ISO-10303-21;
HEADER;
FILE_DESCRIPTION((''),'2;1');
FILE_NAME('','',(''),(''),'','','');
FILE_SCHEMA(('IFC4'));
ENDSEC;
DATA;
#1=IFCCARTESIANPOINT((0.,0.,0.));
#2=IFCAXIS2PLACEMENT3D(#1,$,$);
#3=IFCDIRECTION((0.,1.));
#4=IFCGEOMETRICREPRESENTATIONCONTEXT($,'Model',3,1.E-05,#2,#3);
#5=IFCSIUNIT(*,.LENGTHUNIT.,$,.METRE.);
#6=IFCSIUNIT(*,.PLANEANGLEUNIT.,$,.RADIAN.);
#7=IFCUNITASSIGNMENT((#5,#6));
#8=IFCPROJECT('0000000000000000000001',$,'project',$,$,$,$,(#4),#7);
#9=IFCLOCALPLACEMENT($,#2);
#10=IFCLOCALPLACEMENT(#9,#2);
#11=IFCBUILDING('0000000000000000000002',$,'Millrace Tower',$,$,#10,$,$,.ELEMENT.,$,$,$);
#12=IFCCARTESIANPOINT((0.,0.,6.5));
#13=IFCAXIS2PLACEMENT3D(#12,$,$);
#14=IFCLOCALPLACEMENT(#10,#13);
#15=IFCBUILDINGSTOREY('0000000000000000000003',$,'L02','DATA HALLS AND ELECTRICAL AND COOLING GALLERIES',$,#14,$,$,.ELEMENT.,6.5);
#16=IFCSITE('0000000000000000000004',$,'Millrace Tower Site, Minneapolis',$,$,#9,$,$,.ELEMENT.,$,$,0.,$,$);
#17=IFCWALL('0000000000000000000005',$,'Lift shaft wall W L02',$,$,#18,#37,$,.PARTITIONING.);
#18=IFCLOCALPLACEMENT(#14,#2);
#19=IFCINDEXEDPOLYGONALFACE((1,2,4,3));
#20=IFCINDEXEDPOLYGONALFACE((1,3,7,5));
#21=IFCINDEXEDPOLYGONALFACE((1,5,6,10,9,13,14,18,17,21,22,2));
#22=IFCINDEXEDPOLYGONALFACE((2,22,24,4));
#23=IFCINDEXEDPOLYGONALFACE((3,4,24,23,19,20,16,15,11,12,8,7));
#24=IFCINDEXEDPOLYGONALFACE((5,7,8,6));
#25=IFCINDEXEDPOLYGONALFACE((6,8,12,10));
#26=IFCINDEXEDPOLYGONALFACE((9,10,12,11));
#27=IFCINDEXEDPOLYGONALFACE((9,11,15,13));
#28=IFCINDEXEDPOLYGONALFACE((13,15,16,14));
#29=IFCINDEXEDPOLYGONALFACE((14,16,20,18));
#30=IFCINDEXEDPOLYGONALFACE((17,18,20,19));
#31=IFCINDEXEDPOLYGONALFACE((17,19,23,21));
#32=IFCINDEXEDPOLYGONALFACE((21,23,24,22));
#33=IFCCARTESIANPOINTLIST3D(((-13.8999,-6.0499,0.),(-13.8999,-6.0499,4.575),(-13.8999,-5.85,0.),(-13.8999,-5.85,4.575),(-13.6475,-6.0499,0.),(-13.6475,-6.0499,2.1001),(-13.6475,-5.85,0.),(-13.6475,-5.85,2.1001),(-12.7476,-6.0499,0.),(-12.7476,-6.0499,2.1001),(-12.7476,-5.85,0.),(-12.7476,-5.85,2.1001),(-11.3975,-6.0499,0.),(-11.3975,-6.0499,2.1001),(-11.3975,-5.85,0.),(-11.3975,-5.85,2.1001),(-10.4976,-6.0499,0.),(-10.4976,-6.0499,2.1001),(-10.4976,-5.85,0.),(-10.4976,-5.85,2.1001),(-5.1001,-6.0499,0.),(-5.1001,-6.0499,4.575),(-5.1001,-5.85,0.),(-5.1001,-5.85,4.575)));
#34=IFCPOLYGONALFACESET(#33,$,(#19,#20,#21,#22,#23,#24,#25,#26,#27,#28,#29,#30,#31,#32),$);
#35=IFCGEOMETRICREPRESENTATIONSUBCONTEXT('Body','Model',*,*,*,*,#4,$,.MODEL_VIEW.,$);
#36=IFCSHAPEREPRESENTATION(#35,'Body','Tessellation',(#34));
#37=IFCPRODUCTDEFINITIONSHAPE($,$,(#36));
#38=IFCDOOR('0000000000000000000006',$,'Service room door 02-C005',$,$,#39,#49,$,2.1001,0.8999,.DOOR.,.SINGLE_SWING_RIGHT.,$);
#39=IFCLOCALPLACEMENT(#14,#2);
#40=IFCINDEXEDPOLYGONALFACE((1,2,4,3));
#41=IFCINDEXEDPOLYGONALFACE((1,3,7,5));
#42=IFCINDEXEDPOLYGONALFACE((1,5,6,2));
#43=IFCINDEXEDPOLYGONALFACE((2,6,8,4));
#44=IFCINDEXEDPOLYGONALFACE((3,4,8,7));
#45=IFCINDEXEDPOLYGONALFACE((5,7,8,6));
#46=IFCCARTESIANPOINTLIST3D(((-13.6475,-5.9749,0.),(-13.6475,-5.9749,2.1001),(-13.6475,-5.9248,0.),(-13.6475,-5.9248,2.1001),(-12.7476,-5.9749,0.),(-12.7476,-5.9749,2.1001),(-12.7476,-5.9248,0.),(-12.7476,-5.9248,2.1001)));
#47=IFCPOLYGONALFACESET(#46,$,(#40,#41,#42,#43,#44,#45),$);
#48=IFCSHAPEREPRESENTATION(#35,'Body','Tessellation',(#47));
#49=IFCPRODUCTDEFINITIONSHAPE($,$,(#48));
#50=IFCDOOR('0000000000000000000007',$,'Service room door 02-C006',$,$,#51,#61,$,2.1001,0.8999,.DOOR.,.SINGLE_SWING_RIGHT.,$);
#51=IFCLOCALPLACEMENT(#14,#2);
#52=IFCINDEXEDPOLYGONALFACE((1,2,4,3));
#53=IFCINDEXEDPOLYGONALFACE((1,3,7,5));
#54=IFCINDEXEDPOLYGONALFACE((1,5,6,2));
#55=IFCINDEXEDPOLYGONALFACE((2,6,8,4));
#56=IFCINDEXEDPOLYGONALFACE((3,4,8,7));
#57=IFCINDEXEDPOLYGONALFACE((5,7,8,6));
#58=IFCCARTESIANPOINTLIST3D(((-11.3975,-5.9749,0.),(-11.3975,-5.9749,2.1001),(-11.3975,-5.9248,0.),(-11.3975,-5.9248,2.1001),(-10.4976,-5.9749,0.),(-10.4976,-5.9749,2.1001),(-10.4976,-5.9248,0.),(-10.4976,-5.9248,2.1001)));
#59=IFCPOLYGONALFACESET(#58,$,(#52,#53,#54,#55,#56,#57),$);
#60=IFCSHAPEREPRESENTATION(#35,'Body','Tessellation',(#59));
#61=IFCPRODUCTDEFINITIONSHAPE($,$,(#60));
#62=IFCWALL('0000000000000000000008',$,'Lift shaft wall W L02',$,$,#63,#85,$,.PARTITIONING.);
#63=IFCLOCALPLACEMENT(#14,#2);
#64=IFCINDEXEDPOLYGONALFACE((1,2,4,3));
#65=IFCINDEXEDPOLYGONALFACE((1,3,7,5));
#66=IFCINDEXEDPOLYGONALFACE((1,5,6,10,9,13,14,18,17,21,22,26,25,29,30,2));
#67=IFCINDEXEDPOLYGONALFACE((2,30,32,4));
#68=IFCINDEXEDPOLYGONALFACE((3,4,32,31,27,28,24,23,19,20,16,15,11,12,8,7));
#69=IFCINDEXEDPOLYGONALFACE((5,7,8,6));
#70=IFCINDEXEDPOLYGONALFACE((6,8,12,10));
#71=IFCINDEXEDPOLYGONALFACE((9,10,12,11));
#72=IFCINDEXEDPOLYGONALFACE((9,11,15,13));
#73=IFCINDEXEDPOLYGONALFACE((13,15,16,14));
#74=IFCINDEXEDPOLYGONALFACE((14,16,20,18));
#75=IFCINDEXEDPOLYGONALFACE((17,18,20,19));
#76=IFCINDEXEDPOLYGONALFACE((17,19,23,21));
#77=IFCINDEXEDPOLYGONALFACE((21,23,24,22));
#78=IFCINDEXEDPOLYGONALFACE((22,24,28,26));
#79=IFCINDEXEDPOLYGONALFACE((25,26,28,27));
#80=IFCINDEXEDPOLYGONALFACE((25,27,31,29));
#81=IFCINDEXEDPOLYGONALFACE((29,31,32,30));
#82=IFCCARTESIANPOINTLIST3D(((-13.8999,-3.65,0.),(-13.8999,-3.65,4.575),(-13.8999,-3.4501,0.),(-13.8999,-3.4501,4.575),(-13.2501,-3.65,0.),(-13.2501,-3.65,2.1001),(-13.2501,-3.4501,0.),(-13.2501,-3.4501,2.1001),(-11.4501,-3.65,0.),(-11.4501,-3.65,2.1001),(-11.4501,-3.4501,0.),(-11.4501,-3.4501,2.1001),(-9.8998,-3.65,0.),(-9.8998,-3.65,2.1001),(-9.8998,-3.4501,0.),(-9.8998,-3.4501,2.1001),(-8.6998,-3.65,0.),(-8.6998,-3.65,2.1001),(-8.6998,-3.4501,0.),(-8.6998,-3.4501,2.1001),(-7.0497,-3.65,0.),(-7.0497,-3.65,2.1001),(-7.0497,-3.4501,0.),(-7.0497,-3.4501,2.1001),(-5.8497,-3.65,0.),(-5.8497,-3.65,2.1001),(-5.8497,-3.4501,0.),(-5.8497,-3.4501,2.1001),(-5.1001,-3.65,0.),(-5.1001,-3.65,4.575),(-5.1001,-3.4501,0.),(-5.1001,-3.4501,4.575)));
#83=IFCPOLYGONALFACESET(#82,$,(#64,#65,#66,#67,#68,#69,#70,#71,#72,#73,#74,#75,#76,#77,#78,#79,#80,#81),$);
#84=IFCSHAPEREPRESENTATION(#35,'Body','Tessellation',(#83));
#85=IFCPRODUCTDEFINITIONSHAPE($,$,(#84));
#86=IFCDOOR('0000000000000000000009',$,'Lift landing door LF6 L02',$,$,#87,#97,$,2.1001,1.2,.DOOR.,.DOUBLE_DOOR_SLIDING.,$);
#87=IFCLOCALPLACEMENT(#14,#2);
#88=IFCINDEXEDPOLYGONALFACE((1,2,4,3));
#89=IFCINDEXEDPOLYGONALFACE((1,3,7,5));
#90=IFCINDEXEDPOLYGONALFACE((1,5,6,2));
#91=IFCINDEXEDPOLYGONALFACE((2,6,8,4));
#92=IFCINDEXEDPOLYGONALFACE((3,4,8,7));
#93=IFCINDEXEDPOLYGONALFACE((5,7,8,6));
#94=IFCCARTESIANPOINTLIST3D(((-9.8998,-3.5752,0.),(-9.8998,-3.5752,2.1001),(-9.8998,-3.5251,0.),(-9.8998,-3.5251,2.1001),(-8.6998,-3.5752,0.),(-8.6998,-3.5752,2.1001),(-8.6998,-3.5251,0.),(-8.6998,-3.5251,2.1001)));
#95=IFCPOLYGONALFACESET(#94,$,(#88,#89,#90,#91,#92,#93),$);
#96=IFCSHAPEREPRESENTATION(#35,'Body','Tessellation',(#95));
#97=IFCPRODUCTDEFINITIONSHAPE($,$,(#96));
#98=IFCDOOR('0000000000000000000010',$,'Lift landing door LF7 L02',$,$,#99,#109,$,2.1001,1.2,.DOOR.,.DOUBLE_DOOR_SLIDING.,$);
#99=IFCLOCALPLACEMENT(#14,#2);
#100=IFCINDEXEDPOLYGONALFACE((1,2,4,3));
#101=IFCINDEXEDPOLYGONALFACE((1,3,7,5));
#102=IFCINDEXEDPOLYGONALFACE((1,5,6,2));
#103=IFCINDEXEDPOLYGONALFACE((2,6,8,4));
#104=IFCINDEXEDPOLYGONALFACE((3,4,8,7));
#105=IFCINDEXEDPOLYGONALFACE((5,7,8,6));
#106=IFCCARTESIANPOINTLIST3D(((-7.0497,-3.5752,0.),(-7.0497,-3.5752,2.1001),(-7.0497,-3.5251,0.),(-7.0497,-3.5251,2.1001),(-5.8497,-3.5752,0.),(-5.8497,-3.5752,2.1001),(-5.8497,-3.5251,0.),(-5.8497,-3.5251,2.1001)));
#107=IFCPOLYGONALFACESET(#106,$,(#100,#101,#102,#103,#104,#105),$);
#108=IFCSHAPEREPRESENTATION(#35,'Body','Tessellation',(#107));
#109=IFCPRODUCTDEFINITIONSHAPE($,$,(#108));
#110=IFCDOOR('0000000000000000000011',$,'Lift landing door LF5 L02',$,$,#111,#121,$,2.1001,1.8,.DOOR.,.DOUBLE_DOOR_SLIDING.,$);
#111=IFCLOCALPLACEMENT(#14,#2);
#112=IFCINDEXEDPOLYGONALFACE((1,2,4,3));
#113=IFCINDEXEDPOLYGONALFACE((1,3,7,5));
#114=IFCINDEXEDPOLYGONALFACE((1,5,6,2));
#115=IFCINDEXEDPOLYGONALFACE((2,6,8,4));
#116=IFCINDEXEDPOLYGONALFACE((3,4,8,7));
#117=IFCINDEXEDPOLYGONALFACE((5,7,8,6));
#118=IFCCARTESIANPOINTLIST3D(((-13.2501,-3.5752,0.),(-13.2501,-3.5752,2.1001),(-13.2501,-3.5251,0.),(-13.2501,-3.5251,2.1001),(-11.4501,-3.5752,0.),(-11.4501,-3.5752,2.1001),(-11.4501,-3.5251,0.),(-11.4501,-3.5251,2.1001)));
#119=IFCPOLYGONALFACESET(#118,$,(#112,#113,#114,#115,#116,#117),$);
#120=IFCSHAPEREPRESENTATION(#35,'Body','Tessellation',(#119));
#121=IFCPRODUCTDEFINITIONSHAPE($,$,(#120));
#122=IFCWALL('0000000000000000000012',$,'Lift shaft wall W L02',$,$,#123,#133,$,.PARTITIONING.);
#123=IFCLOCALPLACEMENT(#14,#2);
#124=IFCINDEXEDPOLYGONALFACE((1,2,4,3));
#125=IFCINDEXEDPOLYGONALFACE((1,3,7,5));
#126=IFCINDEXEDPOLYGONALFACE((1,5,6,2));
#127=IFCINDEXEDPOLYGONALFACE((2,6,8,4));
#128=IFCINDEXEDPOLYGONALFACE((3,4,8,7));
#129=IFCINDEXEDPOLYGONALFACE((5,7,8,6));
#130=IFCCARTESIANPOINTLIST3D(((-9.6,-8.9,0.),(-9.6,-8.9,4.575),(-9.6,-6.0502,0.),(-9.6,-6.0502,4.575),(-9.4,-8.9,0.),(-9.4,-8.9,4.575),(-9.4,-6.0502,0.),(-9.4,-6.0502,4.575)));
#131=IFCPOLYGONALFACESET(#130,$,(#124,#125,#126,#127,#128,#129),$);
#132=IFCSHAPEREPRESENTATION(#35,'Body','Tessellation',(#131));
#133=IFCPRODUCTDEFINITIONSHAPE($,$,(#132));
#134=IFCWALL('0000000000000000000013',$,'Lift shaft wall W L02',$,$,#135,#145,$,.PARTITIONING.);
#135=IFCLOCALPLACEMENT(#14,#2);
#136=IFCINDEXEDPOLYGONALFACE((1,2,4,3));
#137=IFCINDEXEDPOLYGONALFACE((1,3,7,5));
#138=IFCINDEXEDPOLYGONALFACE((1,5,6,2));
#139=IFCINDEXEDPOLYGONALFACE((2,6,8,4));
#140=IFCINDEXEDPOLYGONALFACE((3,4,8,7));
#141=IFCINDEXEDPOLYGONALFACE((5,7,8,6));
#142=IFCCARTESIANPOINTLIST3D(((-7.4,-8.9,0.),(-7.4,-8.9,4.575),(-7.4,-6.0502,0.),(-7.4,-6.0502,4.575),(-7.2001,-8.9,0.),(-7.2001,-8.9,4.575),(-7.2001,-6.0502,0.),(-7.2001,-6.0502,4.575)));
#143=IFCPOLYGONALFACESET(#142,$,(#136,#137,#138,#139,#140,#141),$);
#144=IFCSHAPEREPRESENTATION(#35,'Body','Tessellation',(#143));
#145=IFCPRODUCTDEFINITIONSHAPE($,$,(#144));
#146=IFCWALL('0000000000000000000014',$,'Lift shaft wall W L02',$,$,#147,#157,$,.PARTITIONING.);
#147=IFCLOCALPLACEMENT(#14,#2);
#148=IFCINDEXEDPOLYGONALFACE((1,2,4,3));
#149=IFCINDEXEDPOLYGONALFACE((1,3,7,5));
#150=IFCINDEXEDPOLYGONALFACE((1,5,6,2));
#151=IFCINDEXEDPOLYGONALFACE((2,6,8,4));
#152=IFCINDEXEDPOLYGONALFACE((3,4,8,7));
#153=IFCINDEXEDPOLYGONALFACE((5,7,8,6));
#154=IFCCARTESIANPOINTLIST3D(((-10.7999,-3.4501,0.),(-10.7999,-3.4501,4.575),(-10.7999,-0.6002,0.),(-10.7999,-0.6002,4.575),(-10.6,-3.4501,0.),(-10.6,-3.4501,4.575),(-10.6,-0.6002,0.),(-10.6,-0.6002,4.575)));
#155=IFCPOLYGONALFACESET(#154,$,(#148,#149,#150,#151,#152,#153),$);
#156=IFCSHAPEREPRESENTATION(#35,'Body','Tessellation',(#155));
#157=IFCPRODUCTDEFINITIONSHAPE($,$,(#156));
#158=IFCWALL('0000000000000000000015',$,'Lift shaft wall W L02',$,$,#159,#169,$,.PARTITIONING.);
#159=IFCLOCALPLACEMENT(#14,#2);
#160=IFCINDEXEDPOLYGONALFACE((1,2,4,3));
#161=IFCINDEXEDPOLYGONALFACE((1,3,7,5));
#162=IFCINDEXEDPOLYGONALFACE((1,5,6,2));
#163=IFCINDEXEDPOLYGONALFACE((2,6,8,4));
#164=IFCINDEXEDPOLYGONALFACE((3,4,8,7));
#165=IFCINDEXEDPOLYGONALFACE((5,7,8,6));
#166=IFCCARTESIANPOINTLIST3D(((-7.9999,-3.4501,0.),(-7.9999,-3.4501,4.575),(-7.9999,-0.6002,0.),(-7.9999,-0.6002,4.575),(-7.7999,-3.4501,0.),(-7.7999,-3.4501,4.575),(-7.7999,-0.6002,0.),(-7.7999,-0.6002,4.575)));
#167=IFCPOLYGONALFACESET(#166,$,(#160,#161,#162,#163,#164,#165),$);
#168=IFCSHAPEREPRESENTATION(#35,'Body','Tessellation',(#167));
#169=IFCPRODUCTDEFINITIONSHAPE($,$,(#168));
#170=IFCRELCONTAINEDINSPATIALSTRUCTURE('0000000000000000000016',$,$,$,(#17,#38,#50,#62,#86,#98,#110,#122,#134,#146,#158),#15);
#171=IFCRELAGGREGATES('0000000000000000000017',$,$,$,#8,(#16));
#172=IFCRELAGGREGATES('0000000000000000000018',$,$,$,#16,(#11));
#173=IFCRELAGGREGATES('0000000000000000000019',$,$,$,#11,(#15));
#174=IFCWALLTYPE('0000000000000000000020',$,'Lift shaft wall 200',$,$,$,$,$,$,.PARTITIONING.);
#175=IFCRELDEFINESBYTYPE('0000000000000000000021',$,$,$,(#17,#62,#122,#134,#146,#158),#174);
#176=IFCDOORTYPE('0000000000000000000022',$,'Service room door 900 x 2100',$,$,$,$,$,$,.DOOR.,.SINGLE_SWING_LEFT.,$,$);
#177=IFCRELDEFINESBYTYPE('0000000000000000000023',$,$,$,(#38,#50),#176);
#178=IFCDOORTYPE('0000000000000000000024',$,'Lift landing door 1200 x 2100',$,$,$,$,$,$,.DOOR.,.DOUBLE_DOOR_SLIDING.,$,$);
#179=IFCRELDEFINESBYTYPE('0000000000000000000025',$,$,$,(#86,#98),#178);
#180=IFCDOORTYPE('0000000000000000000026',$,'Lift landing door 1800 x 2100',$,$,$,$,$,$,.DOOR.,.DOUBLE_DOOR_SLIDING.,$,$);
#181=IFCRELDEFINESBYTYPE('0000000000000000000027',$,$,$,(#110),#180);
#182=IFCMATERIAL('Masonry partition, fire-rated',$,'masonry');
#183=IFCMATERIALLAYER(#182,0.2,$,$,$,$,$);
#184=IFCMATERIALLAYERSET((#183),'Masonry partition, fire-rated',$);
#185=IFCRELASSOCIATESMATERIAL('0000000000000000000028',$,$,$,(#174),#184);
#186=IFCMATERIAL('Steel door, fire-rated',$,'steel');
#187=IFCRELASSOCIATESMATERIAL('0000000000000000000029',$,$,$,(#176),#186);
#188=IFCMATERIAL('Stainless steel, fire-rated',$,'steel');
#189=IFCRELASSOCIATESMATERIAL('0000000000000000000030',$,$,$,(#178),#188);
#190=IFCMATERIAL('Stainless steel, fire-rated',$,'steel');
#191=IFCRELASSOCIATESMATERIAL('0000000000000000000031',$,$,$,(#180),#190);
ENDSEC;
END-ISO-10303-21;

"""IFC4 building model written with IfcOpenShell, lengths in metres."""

from ifc_helpers import new_model, si_unit, direction, frame, frame_2d, origin, place, context, subcontext, project, spatial, rectangle, extrude, material, layer, layer_set, type_object, element, fill, save


model = new_model("IFC4")

# Units and contexts
model_context = context("Model", 3, precision=1e-05, world=origin(), true_north=direction((0.0, 1.0)))
body_context = subcontext(model_context, "Body", "Model", "MODEL_VIEW")
ifc_project = project(units=[si_unit("LENGTHUNIT", "METRE"), si_unit("PLANEANGLEUNIT", "RADIAN")], contexts=[model_context])

# Site, building, storey
site_placement = place(None, origin())
site = spatial("IfcSite", under=ifc_project, at=site_placement, Name="Millrace Tower Site, Minneapolis", CompositionType="ELEMENT", RefElevation=0.0)
building_placement = place(site_placement, origin())
building = spatial("IfcBuilding", under=site, at=building_placement, Name="Millrace Tower", CompositionType="ELEMENT")
storey_placement = place(building_placement, frame((0.0, 0.0, 6.5)))
storey = spatial("IfcBuildingStorey", under=building, at=storey_placement, Name="L02", Description="DATA HALLS AND ELECTRICAL AND COOLING GALLERIES", CompositionType="ELEMENT", Elevation=6.5)

# Walls, openings, doors
ifc_material_1 = material(Name="Masonry partition, fire-rated", Category="masonry")
ifc_layer_1 = layer(ifc_material_1, 0.2)
ifc_layer_set_1 = layer_set([ifc_layer_1], Name="Masonry partition, fire-rated")
wall_type_1 = type_object("IfcWallType", Name="Lift shaft wall 200", PredefinedType="PARTITIONING", material=ifc_layer_set_1)
wall_1_placement = place(storey_placement, frame((-13.8999, -5.95, 0.0), z_axis=(0.0, 0.0, 1.0), x_axis=(1.0, 0.0, 0.0)))
wall_1 = element("IfcWall", 1, at=wall_1_placement, inside=storey, type_object=wall_type_1, Name="Lift shaft wall W L02", PredefinedType="PARTITIONING", context=body_context, shape_type="SweptSolid", body=[
    extrude(rectangle(XDim=8.7998, YDim=0.2, at=frame_2d((4.3999, 0.0))), origin(), (0.0, 0.0, 1.0), 4.575),
])
opening_1_placement = place(wall_1_placement, frame((0.2524, 0.0, 0.0)))
opening_1 = element("IfcOpeningElement", 2, at=opening_1_placement, cuts=wall_1, PredefinedType="OPENING", context=body_context, shape_type="SweptSolid", body=[
    extrude(rectangle(XDim=0.8999, YDim=2.1001, at=frame_2d((0.45, 1.05))), frame((0.0, 0.1099, 0.0), z_axis=(0.0, -1.0, 0.0), x_axis=(1.0, 0.0, 0.0)), (0.0, 0.0, 1.0), 0.22),
])
opening_2_placement = place(wall_1_placement, frame((2.5024, 0.0, 0.0)))
opening_2 = element("IfcOpeningElement", 3, at=opening_2_placement, cuts=wall_1, PredefinedType="OPENING", context=body_context, shape_type="SweptSolid", body=[
    extrude(rectangle(XDim=0.8999, YDim=2.1001, at=frame_2d((0.45, 1.05))), frame((0.0, 0.1099, 0.0), z_axis=(0.0, -1.0, 0.0), x_axis=(1.0, 0.0, 0.0)), (0.0, 0.0, 1.0), 0.22),
])
ifc_material_2 = material(Name="Steel door, fire-rated", Category="steel")
door_type_1 = type_object("IfcDoorType", Name="Service room door 900 x 2100", OperationType="SINGLE_SWING_LEFT", PredefinedType="DOOR", material=ifc_material_2)
door_1_placement = place(opening_1_placement, frame((0.8999, 0.0, 0.0), z_axis=(0.0, 0.0, 1.0), x_axis=(-1.0, 0.0, 0.0)))
door_1 = element("IfcDoor", 4, at=door_1_placement, inside=storey, type_object=door_type_1, Name="Service room door 02-C005", OperationType="SINGLE_SWING_RIGHT", OverallHeight=2.1001, OverallWidth=0.8999, PredefinedType="DOOR", context=body_context, shape_type="SweptSolid", body=[
    extrude(rectangle(XDim=0.8999, YDim=2.1001, at=frame_2d((0.45, 1.05))), frame((0.0, 0.0249, 0.0), z_axis=(0.0, -1.0, 0.0), x_axis=(1.0, 0.0, 0.0)), (0.0, 0.0, 1.0), 0.05),
])
fill(opening_1, door_1)
door_2_placement = place(opening_2_placement, frame((0.8999, 0.0, 0.0), z_axis=(0.0, 0.0, 1.0), x_axis=(-1.0, 0.0, 0.0)))
door_2 = element("IfcDoor", 5, at=door_2_placement, inside=storey, type_object=door_type_1, Name="Service room door 02-C006", OperationType="SINGLE_SWING_RIGHT", OverallHeight=2.1001, OverallWidth=0.8999, PredefinedType="DOOR", context=body_context, shape_type="SweptSolid", body=[
    extrude(rectangle(XDim=0.8999, YDim=2.1001, at=frame_2d((0.45, 1.05))), frame((0.0, 0.0249, 0.0), z_axis=(0.0, -1.0, 0.0), x_axis=(1.0, 0.0, 0.0)), (0.0, 0.0, 1.0), 0.05),
])
fill(opening_2, door_2)
wall_2_placement = place(storey_placement, frame((-13.8999, -3.55, 0.0), z_axis=(0.0, 0.0, 1.0), x_axis=(1.0, 0.0, 0.0)))
wall_2 = element("IfcWall", 6, at=wall_2_placement, inside=storey, type_object=wall_type_1, Name="Lift shaft wall W L02", PredefinedType="PARTITIONING", context=body_context, shape_type="SweptSolid", body=[
    extrude(rectangle(XDim=8.7998, YDim=0.2, at=frame_2d((4.3999, 0.0))), origin(), (0.0, 0.0, 1.0), 4.575),
])
opening_3_placement = place(wall_2_placement, frame((0.6499, 0.0, 0.0)))
opening_3 = element("IfcOpeningElement", 7, at=opening_3_placement, cuts=wall_2, PredefinedType="OPENING", context=body_context, shape_type="SweptSolid", body=[
    extrude(rectangle(XDim=1.8, YDim=2.1001, at=frame_2d((0.8999, 1.05))), frame((0.0, 0.1099, 0.0), z_axis=(0.0, -1.0, 0.0), x_axis=(1.0, 0.0, 0.0)), (0.0, 0.0, 1.0), 0.22),
])
opening_4_placement = place(wall_2_placement, frame((4.0, 0.0, 0.0)))
opening_4 = element("IfcOpeningElement", 8, at=opening_4_placement, cuts=wall_2, PredefinedType="OPENING", context=body_context, shape_type="SweptSolid", body=[
    extrude(rectangle(XDim=1.2, YDim=2.1001, at=frame_2d((0.6001, 1.05))), frame((0.0, 0.1099, 0.0), z_axis=(0.0, -1.0, 0.0), x_axis=(1.0, 0.0, 0.0)), (0.0, 0.0, 1.0), 0.22),
])
opening_5_placement = place(wall_2_placement, frame((6.8501, 0.0, 0.0)))
opening_5 = element("IfcOpeningElement", 9, at=opening_5_placement, cuts=wall_2, PredefinedType="OPENING", context=body_context, shape_type="SweptSolid", body=[
    extrude(rectangle(XDim=1.2, YDim=2.1001, at=frame_2d((0.6001, 1.05))), frame((0.0, 0.1099, 0.0), z_axis=(0.0, -1.0, 0.0), x_axis=(1.0, 0.0, 0.0)), (0.0, 0.0, 1.0), 0.22),
])
ifc_material_3 = material(Name="Stainless steel, fire-rated", Category="steel")
door_type_2 = type_object("IfcDoorType", Name="Lift landing door 1200 x 2100", OperationType="DOUBLE_DOOR_SLIDING", PredefinedType="DOOR", material=ifc_material_3)
door_3_placement = place(opening_4_placement, origin())
door_3 = element("IfcDoor", 10, at=door_3_placement, inside=storey, type_object=door_type_2, Name="Lift landing door LF6 L02", OperationType="DOUBLE_DOOR_SLIDING", OverallHeight=2.1001, OverallWidth=1.2, PredefinedType="DOOR", context=body_context, shape_type="SweptSolid", body=[
    extrude(rectangle(XDim=1.2, YDim=2.1001, at=frame_2d((0.6001, 1.05))), frame((0.0, 0.0249, 0.0), z_axis=(0.0, -1.0, 0.0), x_axis=(1.0, 0.0, 0.0)), (0.0, 0.0, 1.0), 0.05),
])
fill(opening_4, door_3)
door_4_placement = place(opening_5_placement, origin())
door_4 = element("IfcDoor", 11, at=door_4_placement, inside=storey, type_object=door_type_2, Name="Lift landing door LF7 L02", OperationType="DOUBLE_DOOR_SLIDING", OverallHeight=2.1001, OverallWidth=1.2, PredefinedType="DOOR", context=body_context, shape_type="SweptSolid", body=[
    extrude(rectangle(XDim=1.2, YDim=2.1001, at=frame_2d((0.6001, 1.05))), frame((0.0, 0.0249, 0.0), z_axis=(0.0, -1.0, 0.0), x_axis=(1.0, 0.0, 0.0)), (0.0, 0.0, 1.0), 0.05),
])
fill(opening_5, door_4)
ifc_material_4 = material(Name="Stainless steel, fire-rated", Category="steel")
door_type_3 = type_object("IfcDoorType", Name="Lift landing door 1800 x 2100", OperationType="DOUBLE_DOOR_SLIDING", PredefinedType="DOOR", material=ifc_material_4)
door_5_placement = place(opening_3_placement, origin())
door_5 = element("IfcDoor", 12, at=door_5_placement, inside=storey, type_object=door_type_3, Name="Lift landing door LF5 L02", OperationType="DOUBLE_DOOR_SLIDING", OverallHeight=2.1001, OverallWidth=1.8, PredefinedType="DOOR", context=body_context, shape_type="SweptSolid", body=[
    extrude(rectangle(XDim=1.8, YDim=2.1001, at=frame_2d((0.8999, 1.05))), frame((0.0, 0.0249, 0.0), z_axis=(0.0, -1.0, 0.0), x_axis=(1.0, 0.0, 0.0)), (0.0, 0.0, 1.0), 0.05),
])
fill(opening_3, door_5)

# Walls
for number, where, z_axis, x_axis, name in (
    (13, (-9.5, -8.8999, 0.0), (0.0, 0.0, 1.0), (0.0, 1.0, 0.0), "Lift shaft wall W L02"),
    (14, (-7.3, -8.8999, 0.0), (0.0, 0.0, 1.0), (0.0, 1.0, 0.0), "Lift shaft wall W L02"),
    (15, (-10.7, -3.45, 0.0), (0.0, 0.0, 1.0), (0.0, 1.0, 0.0), "Lift shaft wall W L02"),
    (16, (-7.8999, -3.45, 0.0), (0.0, 0.0, 1.0), (0.0, 1.0, 0.0), "Lift shaft wall W L02"),
):
    element("IfcWall", number, at=place(storey_placement, frame(where, z_axis=z_axis, x_axis=x_axis)), inside=storey, type_object=wall_type_1, Name=name, PredefinedType="PARTITIONING", context=body_context, shape_type="SweptSolid", body=[
        extrude(rectangle(XDim=2.8499, YDim=0.2, at=frame_2d((1.4248, 0.0))), origin(), (0.0, 0.0, 1.0), 4.575),
    ])

save(model, "model.ifc")
